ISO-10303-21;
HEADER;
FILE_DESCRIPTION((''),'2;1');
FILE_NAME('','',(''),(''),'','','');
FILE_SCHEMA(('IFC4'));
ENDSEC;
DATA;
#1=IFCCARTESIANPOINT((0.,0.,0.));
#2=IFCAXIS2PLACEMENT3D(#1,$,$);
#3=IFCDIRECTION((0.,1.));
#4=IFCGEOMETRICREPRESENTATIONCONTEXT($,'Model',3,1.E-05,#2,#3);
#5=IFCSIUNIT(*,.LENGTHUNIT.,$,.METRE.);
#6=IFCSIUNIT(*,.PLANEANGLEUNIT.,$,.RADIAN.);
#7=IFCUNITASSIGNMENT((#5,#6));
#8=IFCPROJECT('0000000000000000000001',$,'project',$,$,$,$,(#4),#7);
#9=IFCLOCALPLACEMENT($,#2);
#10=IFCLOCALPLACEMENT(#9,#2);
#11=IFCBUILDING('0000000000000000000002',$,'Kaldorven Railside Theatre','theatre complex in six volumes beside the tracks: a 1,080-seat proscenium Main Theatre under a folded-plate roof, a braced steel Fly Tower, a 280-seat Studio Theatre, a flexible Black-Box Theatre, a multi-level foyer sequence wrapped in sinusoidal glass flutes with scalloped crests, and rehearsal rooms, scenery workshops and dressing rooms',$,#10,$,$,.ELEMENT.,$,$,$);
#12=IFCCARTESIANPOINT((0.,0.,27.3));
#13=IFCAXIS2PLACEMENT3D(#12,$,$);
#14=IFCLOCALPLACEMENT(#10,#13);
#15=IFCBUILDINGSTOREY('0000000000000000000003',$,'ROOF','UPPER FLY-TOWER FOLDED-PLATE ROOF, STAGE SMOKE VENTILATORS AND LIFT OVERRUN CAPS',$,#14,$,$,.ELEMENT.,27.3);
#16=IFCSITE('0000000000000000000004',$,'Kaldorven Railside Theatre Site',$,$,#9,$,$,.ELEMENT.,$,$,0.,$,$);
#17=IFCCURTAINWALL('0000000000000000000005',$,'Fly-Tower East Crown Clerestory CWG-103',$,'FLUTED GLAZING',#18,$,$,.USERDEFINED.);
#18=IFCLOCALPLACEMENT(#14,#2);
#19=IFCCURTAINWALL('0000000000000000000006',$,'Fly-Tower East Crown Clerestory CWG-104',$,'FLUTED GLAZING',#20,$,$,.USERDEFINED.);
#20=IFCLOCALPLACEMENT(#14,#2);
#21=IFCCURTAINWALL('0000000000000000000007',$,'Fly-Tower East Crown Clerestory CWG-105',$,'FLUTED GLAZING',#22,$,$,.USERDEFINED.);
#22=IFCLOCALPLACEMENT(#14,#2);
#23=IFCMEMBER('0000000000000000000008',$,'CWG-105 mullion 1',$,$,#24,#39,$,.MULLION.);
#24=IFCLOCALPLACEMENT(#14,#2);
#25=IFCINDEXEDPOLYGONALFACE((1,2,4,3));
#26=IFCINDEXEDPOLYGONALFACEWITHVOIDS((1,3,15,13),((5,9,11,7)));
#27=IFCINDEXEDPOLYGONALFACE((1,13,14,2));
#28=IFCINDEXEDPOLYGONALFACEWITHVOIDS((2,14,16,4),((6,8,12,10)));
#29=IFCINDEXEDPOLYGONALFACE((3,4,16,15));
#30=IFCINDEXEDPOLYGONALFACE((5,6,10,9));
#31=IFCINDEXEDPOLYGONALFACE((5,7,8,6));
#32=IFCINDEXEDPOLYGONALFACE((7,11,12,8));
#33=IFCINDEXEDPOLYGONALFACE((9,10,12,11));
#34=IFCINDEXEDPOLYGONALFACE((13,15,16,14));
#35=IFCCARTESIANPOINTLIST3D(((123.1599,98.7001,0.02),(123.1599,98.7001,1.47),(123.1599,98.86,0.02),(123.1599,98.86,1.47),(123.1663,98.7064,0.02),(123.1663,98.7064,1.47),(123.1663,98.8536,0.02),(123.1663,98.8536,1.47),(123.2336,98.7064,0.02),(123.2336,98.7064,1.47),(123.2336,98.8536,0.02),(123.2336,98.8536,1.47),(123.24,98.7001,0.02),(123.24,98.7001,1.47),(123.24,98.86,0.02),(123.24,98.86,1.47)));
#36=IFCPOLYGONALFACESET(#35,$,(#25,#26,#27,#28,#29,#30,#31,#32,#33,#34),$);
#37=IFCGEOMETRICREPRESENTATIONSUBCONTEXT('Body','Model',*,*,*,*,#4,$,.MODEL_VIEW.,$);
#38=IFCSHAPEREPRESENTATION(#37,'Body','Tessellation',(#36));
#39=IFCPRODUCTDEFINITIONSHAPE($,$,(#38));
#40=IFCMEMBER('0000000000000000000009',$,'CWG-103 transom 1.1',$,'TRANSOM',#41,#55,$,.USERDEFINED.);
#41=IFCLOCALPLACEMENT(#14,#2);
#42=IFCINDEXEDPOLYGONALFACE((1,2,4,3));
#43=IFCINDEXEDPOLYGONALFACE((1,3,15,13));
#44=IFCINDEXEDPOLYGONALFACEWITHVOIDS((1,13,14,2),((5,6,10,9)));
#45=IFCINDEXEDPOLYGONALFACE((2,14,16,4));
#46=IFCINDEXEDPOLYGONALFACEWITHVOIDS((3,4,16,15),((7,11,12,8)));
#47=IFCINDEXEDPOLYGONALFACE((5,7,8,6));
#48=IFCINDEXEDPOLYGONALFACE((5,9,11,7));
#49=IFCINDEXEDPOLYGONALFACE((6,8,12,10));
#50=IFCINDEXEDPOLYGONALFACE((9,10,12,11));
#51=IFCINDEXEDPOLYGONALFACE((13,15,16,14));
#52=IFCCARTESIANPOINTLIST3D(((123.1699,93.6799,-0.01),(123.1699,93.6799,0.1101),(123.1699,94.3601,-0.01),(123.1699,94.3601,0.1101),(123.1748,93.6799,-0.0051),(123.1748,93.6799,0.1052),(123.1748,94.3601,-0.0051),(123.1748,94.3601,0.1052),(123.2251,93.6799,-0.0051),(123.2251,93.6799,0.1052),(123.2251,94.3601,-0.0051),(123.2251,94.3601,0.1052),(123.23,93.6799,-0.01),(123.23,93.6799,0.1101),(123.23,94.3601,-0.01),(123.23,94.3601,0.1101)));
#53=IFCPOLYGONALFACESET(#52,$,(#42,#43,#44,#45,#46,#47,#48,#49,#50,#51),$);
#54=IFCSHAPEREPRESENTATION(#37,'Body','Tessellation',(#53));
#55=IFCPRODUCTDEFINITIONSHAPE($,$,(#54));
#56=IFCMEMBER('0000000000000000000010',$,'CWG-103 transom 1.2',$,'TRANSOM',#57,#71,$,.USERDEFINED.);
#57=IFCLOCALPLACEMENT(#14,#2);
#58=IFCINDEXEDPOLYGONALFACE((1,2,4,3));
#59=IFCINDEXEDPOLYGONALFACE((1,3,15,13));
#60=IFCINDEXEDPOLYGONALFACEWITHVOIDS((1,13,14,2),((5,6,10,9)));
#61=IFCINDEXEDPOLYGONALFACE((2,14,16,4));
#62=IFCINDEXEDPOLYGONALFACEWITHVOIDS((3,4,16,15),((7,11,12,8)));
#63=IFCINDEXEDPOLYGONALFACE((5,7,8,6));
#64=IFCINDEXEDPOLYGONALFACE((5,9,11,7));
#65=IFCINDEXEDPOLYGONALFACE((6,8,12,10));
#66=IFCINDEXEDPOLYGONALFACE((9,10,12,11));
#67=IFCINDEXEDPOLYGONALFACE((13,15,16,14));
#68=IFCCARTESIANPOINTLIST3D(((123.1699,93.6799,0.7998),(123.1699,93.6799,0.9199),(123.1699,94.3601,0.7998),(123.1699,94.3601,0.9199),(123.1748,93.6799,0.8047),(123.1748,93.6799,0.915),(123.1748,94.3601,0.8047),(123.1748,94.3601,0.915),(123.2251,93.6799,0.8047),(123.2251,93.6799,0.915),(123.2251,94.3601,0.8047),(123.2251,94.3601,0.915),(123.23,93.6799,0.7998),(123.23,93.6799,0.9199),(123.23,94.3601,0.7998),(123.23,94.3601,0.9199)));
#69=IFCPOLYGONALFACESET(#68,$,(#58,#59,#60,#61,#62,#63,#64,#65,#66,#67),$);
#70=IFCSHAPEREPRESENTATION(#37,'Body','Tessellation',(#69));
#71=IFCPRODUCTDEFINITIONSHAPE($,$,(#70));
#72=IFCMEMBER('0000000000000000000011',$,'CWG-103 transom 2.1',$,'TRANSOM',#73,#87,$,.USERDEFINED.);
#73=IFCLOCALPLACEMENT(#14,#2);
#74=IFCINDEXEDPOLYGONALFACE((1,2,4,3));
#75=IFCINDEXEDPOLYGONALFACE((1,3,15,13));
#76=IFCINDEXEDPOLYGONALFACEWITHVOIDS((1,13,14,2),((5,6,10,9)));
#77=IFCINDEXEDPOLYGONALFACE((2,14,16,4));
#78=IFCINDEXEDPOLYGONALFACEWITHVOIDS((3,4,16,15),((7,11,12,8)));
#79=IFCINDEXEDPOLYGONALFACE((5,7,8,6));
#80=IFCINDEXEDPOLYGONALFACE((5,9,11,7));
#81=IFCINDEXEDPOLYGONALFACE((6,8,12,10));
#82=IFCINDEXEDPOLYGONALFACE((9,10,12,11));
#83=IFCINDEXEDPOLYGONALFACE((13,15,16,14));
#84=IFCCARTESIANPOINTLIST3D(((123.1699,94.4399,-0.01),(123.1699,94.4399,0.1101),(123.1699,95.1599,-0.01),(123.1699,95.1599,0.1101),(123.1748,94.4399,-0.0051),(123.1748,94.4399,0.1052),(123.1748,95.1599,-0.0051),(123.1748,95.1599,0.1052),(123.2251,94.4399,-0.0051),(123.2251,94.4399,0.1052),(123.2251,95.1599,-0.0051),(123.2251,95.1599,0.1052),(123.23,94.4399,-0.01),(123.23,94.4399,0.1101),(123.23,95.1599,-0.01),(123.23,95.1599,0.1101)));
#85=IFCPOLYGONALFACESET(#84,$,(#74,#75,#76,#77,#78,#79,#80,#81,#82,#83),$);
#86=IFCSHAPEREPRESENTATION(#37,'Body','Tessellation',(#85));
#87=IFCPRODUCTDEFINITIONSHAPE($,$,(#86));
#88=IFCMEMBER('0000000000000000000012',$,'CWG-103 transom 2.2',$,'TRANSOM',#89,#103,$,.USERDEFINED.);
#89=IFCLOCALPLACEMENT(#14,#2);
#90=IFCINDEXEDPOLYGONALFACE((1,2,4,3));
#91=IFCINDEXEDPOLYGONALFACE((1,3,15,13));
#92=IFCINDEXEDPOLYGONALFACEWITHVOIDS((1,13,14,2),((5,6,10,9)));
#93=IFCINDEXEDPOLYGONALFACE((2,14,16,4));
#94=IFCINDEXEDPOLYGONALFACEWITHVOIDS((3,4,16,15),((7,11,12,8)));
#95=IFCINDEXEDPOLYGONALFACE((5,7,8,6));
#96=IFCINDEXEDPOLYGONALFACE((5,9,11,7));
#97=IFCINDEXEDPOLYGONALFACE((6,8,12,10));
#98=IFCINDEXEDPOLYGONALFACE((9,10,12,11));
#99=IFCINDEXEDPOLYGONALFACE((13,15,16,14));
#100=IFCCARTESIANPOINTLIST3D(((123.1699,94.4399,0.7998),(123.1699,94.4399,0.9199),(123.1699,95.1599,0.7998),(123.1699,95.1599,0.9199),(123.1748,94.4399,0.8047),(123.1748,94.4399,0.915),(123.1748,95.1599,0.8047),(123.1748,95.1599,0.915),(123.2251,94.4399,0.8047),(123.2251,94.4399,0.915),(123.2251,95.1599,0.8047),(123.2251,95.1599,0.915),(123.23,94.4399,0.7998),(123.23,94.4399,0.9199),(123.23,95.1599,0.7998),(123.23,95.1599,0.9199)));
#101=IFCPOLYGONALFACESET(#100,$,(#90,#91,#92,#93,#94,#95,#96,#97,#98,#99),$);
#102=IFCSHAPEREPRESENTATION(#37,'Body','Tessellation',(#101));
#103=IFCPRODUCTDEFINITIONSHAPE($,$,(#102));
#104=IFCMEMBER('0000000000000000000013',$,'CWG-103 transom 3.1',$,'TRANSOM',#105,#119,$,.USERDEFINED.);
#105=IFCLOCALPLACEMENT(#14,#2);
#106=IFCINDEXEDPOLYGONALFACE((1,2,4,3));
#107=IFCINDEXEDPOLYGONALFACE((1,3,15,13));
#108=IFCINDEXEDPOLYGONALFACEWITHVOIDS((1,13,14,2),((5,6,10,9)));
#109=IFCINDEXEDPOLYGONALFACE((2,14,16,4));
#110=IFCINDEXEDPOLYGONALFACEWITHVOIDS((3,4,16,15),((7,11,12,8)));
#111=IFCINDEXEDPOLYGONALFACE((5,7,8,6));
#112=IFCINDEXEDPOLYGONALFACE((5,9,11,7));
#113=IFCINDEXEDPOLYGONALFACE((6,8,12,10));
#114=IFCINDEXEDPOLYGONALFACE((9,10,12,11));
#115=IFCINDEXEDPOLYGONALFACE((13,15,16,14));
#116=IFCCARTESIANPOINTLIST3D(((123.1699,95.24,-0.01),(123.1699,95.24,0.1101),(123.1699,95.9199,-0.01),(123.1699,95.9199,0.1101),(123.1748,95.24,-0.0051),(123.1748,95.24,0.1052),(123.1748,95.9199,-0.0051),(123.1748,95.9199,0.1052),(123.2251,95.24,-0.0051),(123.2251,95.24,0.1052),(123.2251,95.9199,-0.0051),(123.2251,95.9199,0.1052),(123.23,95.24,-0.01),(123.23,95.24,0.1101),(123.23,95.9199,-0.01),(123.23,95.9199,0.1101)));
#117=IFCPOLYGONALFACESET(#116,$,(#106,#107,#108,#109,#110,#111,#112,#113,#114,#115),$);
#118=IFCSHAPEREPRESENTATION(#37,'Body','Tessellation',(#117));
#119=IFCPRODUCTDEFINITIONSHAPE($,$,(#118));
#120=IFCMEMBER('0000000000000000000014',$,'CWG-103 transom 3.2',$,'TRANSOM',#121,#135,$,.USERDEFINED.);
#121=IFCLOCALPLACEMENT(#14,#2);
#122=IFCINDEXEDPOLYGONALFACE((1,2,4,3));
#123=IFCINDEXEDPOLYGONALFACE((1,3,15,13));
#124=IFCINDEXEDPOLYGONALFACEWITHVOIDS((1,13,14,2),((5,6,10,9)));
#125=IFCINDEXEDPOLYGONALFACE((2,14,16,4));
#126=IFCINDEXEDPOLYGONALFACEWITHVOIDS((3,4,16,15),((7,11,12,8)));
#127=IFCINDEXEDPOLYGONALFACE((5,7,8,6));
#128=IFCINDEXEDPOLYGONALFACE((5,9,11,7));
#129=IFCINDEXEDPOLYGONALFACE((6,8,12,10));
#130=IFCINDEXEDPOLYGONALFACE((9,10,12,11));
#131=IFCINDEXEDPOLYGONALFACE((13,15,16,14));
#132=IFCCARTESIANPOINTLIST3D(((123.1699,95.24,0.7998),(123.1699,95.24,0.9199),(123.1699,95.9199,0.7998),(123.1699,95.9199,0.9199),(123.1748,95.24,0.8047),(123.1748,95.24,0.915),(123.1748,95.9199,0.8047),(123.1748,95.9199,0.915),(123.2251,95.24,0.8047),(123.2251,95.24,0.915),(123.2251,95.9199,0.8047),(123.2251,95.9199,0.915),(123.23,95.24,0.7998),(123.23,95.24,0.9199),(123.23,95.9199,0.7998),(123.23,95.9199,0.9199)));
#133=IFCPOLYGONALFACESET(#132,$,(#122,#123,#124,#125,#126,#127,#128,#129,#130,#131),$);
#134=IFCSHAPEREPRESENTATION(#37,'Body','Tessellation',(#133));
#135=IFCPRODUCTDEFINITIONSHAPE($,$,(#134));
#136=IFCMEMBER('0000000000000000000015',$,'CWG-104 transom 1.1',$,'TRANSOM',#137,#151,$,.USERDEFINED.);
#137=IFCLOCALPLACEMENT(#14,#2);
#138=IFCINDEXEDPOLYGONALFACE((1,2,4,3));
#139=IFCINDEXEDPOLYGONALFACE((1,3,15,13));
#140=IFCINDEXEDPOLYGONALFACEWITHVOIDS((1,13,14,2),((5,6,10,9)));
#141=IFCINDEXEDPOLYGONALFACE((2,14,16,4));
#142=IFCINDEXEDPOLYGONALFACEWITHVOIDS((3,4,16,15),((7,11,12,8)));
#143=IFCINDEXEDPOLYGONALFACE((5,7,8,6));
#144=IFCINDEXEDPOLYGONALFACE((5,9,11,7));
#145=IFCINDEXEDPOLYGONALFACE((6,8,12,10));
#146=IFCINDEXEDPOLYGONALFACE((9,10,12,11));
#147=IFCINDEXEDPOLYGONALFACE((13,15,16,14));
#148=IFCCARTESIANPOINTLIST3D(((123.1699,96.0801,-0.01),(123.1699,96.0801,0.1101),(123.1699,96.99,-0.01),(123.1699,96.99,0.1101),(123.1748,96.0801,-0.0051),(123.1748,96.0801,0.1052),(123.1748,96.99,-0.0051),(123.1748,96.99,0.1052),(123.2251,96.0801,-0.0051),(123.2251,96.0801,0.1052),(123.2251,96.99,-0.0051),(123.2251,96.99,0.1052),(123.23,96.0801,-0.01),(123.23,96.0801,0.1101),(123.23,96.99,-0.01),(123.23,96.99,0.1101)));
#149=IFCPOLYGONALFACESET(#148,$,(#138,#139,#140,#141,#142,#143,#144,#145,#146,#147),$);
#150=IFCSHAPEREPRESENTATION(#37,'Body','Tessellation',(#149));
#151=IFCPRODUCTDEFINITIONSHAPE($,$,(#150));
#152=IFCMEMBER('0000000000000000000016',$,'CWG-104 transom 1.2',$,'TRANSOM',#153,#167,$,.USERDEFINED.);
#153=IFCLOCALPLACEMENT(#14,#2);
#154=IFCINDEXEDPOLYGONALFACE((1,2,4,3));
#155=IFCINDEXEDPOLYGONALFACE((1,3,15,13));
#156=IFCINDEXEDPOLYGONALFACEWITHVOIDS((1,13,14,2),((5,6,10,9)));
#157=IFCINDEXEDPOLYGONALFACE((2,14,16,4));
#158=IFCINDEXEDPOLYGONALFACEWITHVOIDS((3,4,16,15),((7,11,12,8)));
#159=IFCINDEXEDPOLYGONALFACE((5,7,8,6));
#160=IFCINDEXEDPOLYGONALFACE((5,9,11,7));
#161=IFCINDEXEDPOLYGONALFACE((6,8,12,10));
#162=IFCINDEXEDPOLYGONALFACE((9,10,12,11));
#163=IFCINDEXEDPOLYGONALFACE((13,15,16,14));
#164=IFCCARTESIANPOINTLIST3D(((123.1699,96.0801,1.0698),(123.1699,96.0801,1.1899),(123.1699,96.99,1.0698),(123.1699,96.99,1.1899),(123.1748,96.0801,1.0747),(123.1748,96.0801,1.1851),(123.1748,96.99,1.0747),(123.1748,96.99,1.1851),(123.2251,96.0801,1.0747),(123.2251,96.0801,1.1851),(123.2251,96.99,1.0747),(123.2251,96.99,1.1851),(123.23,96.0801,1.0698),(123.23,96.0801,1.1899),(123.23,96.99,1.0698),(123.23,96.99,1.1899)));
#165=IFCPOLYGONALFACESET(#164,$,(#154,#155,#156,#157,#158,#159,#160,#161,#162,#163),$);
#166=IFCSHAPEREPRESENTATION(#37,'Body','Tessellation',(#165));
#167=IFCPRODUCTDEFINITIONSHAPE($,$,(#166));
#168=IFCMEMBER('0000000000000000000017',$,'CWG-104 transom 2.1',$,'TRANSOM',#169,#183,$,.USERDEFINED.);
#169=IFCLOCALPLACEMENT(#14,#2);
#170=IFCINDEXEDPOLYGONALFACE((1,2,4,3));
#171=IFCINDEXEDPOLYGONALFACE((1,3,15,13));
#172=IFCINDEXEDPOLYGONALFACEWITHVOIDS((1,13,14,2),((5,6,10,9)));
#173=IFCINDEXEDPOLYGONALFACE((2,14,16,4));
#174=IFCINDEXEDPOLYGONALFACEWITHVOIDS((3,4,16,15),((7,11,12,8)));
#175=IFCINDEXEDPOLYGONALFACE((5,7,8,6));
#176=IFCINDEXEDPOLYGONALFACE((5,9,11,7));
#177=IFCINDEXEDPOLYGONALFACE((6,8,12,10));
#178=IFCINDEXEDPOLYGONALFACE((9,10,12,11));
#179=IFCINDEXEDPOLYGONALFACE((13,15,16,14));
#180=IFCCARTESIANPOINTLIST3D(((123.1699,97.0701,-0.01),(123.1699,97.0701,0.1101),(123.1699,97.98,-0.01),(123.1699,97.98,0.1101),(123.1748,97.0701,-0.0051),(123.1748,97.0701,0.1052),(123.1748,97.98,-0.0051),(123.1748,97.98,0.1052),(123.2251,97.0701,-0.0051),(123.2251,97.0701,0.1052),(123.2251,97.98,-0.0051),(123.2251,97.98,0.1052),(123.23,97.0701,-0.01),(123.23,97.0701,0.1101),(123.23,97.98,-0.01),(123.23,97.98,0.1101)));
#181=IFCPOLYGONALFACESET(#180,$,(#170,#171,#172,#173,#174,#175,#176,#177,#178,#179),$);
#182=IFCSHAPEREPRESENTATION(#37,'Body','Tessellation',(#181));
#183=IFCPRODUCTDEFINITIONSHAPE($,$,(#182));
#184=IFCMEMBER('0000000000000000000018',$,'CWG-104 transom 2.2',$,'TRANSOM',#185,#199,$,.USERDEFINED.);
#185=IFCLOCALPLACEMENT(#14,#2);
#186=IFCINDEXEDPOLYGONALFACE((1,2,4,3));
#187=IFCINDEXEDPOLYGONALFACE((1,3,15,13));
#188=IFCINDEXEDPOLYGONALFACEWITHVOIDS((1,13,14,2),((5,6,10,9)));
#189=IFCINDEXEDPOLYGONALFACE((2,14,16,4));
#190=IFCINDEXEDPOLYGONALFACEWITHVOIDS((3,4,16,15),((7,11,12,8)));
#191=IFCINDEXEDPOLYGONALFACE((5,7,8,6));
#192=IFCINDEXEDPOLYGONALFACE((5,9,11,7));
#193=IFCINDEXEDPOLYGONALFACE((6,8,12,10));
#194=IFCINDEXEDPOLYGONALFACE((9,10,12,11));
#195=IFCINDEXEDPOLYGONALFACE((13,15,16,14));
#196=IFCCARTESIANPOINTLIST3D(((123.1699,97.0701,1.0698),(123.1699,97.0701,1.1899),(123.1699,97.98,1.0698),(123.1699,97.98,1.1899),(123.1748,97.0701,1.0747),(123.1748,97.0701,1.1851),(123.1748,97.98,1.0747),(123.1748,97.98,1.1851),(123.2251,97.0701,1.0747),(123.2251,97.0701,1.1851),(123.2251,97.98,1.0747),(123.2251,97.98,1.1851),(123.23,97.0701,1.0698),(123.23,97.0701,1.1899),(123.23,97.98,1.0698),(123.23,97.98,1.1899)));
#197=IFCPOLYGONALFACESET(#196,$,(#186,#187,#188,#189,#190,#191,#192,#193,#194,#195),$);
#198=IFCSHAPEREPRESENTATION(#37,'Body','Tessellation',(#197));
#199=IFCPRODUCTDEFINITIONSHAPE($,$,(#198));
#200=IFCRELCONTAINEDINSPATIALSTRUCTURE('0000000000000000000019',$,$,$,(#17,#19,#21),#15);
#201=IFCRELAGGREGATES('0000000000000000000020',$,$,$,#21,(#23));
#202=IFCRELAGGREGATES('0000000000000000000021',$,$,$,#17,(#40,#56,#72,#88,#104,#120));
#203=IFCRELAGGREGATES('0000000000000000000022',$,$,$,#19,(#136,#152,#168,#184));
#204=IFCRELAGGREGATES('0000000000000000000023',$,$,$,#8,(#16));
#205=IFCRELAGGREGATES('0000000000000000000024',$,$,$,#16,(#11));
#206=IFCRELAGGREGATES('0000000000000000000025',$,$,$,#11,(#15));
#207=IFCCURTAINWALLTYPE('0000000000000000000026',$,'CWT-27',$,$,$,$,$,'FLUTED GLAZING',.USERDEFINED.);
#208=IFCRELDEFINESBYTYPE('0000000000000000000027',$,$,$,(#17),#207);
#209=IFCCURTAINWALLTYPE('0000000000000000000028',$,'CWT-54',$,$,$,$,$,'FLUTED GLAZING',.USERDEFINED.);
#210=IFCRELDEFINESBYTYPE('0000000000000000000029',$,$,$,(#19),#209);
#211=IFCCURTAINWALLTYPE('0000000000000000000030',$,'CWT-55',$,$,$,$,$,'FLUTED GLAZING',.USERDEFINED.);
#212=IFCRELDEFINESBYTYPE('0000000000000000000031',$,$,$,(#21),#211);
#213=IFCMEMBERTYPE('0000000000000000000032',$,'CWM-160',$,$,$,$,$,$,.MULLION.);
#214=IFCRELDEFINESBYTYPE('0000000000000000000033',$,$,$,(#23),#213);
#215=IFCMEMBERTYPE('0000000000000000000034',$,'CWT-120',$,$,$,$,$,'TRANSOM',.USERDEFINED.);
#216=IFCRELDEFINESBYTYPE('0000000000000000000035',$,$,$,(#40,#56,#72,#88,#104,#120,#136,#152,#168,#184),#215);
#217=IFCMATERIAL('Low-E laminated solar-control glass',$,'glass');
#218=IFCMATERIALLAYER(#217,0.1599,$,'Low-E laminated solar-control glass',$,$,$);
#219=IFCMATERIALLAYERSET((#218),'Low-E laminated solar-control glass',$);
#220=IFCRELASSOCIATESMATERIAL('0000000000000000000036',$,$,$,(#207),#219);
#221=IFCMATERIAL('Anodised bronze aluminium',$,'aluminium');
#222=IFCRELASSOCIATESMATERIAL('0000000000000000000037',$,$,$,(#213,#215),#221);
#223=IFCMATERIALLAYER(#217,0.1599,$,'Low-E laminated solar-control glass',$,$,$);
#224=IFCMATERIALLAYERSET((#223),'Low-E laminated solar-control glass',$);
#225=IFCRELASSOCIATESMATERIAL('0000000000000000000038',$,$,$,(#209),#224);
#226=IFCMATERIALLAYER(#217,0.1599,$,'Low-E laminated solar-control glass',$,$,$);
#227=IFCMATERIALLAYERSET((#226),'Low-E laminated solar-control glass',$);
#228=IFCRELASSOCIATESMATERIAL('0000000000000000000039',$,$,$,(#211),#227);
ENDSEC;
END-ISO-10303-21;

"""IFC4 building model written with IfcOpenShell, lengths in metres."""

from ifc_helpers import new_model, si_unit, direction, frame, origin, origin_2d, place, context, subcontext, project, spatial, hollow_rectangle, extrude, material, layer, layer_set, material_profile, profile_set, type_object, element, aggregate, save


model = new_model("IFC4")

# Units and contexts
model_context = context("Model", 3, precision=1e-05, world=origin(), true_north=direction((0.0, 1.0)))
body_context = subcontext(model_context, "Body", "Model", "MODEL_VIEW")
ifc_project = project(units=[si_unit("LENGTHUNIT", "METRE"), si_unit("PLANEANGLEUNIT", "RADIAN")], contexts=[model_context])

# Site, building, storey
site_placement = place(None, origin())
site = spatial("IfcSite", under=ifc_project, at=site_placement, Name="Kaldorven Railside Theatre Site", CompositionType="ELEMENT", RefElevation=0.0)
building_placement = place(site_placement, origin())
building = spatial("IfcBuilding", under=site, at=building_placement, Name="Kaldorven Railside Theatre", Description="theatre complex in six volumes beside the tracks: a 1,080-seat proscenium Main Theatre under a folded-plate roof, a braced steel Fly Tower, a 280-seat Studio Theatre, a flexible Black-Box Theatre, a multi-level foyer sequence wrapped in sinusoidal glass flutes with scalloped crests, and rehearsal rooms, scenery workshops and dressing rooms", CompositionType="ELEMENT")
storey_placement = place(building_placement, frame((0.0, 0.0, 27.3)))
storey = spatial("IfcBuildingStorey", under=building, at=storey_placement, Name="ROOF", Description="UPPER FLY-TOWER FOLDED-PLATE ROOF, STAGE SMOKE VENTILATORS AND LIFT OVERRUN CAPS", CompositionType="ELEMENT", Elevation=27.3)

# Curtain walls
ifc_material_1 = material(Name="Low-E laminated solar-control glass", Category="glass")
ifc_layer_1 = layer(ifc_material_1, 0.1599, Name="Low-E laminated solar-control glass")
ifc_layer_set_1 = layer_set([ifc_layer_1], Name="Low-E laminated solar-control glass")
curtain_wall_type_1 = type_object("IfcCurtainWallType", Name="CWT-27", ElementType="FLUTED GLAZING", PredefinedType="USERDEFINED", material=ifc_layer_set_1)
curtain_wall_1_placement = place(storey_placement, origin())
curtain_wall_1 = element("IfcCurtainWall", 1, at=curtain_wall_1_placement, inside=storey, type_object=curtain_wall_type_1, Name="Fly-Tower East Crown Clerestory CWG-103", ObjectType="FLUTED GLAZING", PredefinedType="USERDEFINED")
ifc_material_2 = material(Name="Anodised bronze aluminium", Category="aluminium")
ifc_material_profile_1 = material_profile(ifc_material_2, hollow_rectangle(XDim=0.0801, YDim=0.1599, WallThickness=0.0063, at=origin_2d()), Name="RHS 160x80x6.3")
ifc_profile_set_1 = profile_set([ifc_material_profile_1], Name="Anodised bronze aluminium")
member_type_1 = type_object("IfcMemberType", Name="CWM-160", PredefinedType="MULLION", material=ifc_profile_set_1)
ifc_layer_2 = layer(ifc_material_1, 0.1599, Name="Low-E laminated solar-control glass")
ifc_layer_set_2 = layer_set([ifc_layer_2], Name="Low-E laminated solar-control glass")
curtain_wall_type_2 = type_object("IfcCurtainWallType", Name="CWT-54", ElementType="FLUTED GLAZING", PredefinedType="USERDEFINED", material=ifc_layer_set_2)
curtain_wall_2_placement = place(storey_placement, origin())
curtain_wall_2 = element("IfcCurtainWall", 2, at=curtain_wall_2_placement, inside=storey, type_object=curtain_wall_type_2, Name="Fly-Tower East Crown Clerestory CWG-104", ObjectType="FLUTED GLAZING", PredefinedType="USERDEFINED")

# Curtain wall, member
ifc_layer_3 = layer(ifc_material_1, 0.1599, Name="Low-E laminated solar-control glass")
ifc_layer_set_3 = layer_set([ifc_layer_3], Name="Low-E laminated solar-control glass")
curtain_wall_type_3 = type_object("IfcCurtainWallType", Name="CWT-55", ElementType="FLUTED GLAZING", PredefinedType="USERDEFINED", material=ifc_layer_set_3)
curtain_wall_3_placement = place(storey_placement, origin())
curtain_wall_3 = element("IfcCurtainWall", 3, at=curtain_wall_3_placement, inside=storey, type_object=curtain_wall_type_3, Name="Fly-Tower East Crown Clerestory CWG-105", ObjectType="FLUTED GLAZING", PredefinedType="USERDEFINED")
member_1_placement = place(storey_placement, frame((123.2, 98.78, 0.02), z_axis=(0.0, 0.0, 1.0), x_axis=(-1.0, 0.0, 0.0)))
member_1 = element("IfcMember", 4, at=member_1_placement, type_object=member_type_1, Name="CWG-105 mullion 1", PredefinedType="MULLION", context=body_context, shape_type="SweptSolid", body=[
    extrude(hollow_rectangle(XDim=0.0801, YDim=0.1599, WallThickness=0.0063, at=origin_2d()), origin(), (0.0, 0.0, 1.0), 1.45),
])
aggregate(curtain_wall_3, [member_1])

# Members
ifc_material_profile_2 = material_profile(ifc_material_2, hollow_rectangle(XDim=0.0601, YDim=0.1201, WallThickness=0.0049, at=origin_2d()), Name="RHS 120x60x5")
ifc_profile_set_2 = profile_set([ifc_material_profile_2], Name="Anodised bronze aluminium")
member_type_2 = type_object("IfcMemberType", Name="CWT-120", ElementType="TRANSOM", PredefinedType="USERDEFINED", material=ifc_profile_set_2)
member_2_placement = place(storey_placement, frame((123.2, 93.6799, 0.05), z_axis=(0.0, 1.0, 0.0), x_axis=(-1.0, 0.0, 0.0)))
member_2 = element("IfcMember", 5, at=member_2_placement, type_object=member_type_2, Name="CWG-103 transom 1.1", ObjectType="TRANSOM", PredefinedType="USERDEFINED", context=body_context, shape_type="SweptSolid", body=[
    extrude(hollow_rectangle(XDim=0.0601, YDim=0.1201, WallThickness=0.0049, at=origin_2d()), origin(), (0.0, 0.0, 1.0), 0.6802),
])
member_3_placement = place(storey_placement, frame((123.2, 93.6799, 0.8599), z_axis=(0.0, 1.0, 0.0), x_axis=(-1.0, 0.0, 0.0)))
member_3 = element("IfcMember", 6, at=member_3_placement, type_object=member_type_2, Name="CWG-103 transom 1.2", ObjectType="TRANSOM", PredefinedType="USERDEFINED", context=body_context, shape_type="SweptSolid", body=[
    extrude(hollow_rectangle(XDim=0.0601, YDim=0.1201, WallThickness=0.0049, at=origin_2d()), origin(), (0.0, 0.0, 1.0), 0.6802),
])
member_4_placement = place(storey_placement, frame((123.2, 94.4399, 0.05), z_axis=(0.0, 1.0, 0.0), x_axis=(-1.0, 0.0, 0.0)))
member_4 = element("IfcMember", 7, at=member_4_placement, type_object=member_type_2, Name="CWG-103 transom 2.1", ObjectType="TRANSOM", PredefinedType="USERDEFINED", context=body_context, shape_type="SweptSolid", body=[
    extrude(hollow_rectangle(XDim=0.0601, YDim=0.1201, WallThickness=0.0049, at=origin_2d()), origin(), (0.0, 0.0, 1.0), 0.72),
])
member_5_placement = place(storey_placement, frame((123.2, 94.4399, 0.8599), z_axis=(0.0, 1.0, 0.0), x_axis=(-1.0, 0.0, 0.0)))
member_5 = element("IfcMember", 8, at=member_5_placement, type_object=member_type_2, Name="CWG-103 transom 2.2", ObjectType="TRANSOM", PredefinedType="USERDEFINED", context=body_context, shape_type="SweptSolid", body=[
    extrude(hollow_rectangle(XDim=0.0601, YDim=0.1201, WallThickness=0.0049, at=origin_2d()), origin(), (0.0, 0.0, 1.0), 0.72),
])
member_6_placement = place(storey_placement, frame((123.2, 95.24, 0.05), z_axis=(0.0, 1.0, 0.0), x_axis=(-1.0, 0.0, 0.0)))
member_6 = element("IfcMember", 9, at=member_6_placement, type_object=member_type_2, Name="CWG-103 transom 3.1", ObjectType="TRANSOM", PredefinedType="USERDEFINED", context=body_context, shape_type="SweptSolid", body=[
    extrude(hollow_rectangle(XDim=0.0601, YDim=0.1201, WallThickness=0.0049, at=origin_2d()), origin(), (0.0, 0.0, 1.0), 0.6799),
])
member_7_placement = place(storey_placement, frame((123.2, 95.24, 0.8599), z_axis=(0.0, 1.0, 0.0), x_axis=(-1.0, 0.0, 0.0)))
member_7 = element("IfcMember", 10, at=member_7_placement, type_object=member_type_2, Name="CWG-103 transom 3.2", ObjectType="TRANSOM", PredefinedType="USERDEFINED", context=body_context, shape_type="SweptSolid", body=[
    extrude(hollow_rectangle(XDim=0.0601, YDim=0.1201, WallThickness=0.0049, at=origin_2d()), origin(), (0.0, 0.0, 1.0), 0.6799),
])
member_8_placement = place(storey_placement, frame((123.2, 96.0801, 0.05), z_axis=(0.0, 1.0, 0.0), x_axis=(-1.0, 0.0, 0.0)))
member_8 = element("IfcMember", 11, at=member_8_placement, type_object=member_type_2, Name="CWG-104 transom 1.1", ObjectType="TRANSOM", PredefinedType="USERDEFINED", context=body_context, shape_type="SweptSolid", body=[
    extrude(hollow_rectangle(XDim=0.0601, YDim=0.1201, WallThickness=0.0049, at=origin_2d()), origin(), (0.0, 0.0, 1.0), 0.9099),
])
member_9_placement = place(storey_placement, frame((123.2, 96.0801, 1.1299), z_axis=(0.0, 1.0, 0.0), x_axis=(-1.0, 0.0, 0.0)))
member_9 = element("IfcMember", 12, at=member_9_placement, type_object=member_type_2, Name="CWG-104 transom 1.2", ObjectType="TRANSOM", PredefinedType="USERDEFINED", context=body_context, shape_type="SweptSolid", body=[
    extrude(hollow_rectangle(XDim=0.0601, YDim=0.1201, WallThickness=0.0049, at=origin_2d()), origin(), (0.0, 0.0, 1.0), 0.9099),
])
member_10_placement = place(storey_placement, frame((123.2, 97.0701, 0.05), z_axis=(0.0, 1.0, 0.0), x_axis=(-1.0, 0.0, 0.0)))
member_10 = element("IfcMember", 13, at=member_10_placement, type_object=member_type_2, Name="CWG-104 transom 2.1", ObjectType="TRANSOM", PredefinedType="USERDEFINED", context=body_context, shape_type="SweptSolid", body=[
    extrude(hollow_rectangle(XDim=0.0601, YDim=0.1201, WallThickness=0.0049, at=origin_2d()), origin(), (0.0, 0.0, 1.0), 0.9099),
])
member_11_placement = place(storey_placement, frame((123.2, 97.0701, 1.1299), z_axis=(0.0, 1.0, 0.0), x_axis=(-1.0, 0.0, 0.0)))
member_11 = element("IfcMember", 14, at=member_11_placement, type_object=member_type_2, Name="CWG-104 transom 2.2", ObjectType="TRANSOM", PredefinedType="USERDEFINED", context=body_context, shape_type="SweptSolid", body=[
    extrude(hollow_rectangle(XDim=0.0601, YDim=0.1201, WallThickness=0.0049, at=origin_2d()), origin(), (0.0, 0.0, 1.0), 0.9099),
])

aggregate(curtain_wall_1, [member_2, member_3, member_4, member_5, member_6, member_7])
aggregate(curtain_wall_2, [member_8, member_9, member_10, member_11])

save(model, "model.ifc")
